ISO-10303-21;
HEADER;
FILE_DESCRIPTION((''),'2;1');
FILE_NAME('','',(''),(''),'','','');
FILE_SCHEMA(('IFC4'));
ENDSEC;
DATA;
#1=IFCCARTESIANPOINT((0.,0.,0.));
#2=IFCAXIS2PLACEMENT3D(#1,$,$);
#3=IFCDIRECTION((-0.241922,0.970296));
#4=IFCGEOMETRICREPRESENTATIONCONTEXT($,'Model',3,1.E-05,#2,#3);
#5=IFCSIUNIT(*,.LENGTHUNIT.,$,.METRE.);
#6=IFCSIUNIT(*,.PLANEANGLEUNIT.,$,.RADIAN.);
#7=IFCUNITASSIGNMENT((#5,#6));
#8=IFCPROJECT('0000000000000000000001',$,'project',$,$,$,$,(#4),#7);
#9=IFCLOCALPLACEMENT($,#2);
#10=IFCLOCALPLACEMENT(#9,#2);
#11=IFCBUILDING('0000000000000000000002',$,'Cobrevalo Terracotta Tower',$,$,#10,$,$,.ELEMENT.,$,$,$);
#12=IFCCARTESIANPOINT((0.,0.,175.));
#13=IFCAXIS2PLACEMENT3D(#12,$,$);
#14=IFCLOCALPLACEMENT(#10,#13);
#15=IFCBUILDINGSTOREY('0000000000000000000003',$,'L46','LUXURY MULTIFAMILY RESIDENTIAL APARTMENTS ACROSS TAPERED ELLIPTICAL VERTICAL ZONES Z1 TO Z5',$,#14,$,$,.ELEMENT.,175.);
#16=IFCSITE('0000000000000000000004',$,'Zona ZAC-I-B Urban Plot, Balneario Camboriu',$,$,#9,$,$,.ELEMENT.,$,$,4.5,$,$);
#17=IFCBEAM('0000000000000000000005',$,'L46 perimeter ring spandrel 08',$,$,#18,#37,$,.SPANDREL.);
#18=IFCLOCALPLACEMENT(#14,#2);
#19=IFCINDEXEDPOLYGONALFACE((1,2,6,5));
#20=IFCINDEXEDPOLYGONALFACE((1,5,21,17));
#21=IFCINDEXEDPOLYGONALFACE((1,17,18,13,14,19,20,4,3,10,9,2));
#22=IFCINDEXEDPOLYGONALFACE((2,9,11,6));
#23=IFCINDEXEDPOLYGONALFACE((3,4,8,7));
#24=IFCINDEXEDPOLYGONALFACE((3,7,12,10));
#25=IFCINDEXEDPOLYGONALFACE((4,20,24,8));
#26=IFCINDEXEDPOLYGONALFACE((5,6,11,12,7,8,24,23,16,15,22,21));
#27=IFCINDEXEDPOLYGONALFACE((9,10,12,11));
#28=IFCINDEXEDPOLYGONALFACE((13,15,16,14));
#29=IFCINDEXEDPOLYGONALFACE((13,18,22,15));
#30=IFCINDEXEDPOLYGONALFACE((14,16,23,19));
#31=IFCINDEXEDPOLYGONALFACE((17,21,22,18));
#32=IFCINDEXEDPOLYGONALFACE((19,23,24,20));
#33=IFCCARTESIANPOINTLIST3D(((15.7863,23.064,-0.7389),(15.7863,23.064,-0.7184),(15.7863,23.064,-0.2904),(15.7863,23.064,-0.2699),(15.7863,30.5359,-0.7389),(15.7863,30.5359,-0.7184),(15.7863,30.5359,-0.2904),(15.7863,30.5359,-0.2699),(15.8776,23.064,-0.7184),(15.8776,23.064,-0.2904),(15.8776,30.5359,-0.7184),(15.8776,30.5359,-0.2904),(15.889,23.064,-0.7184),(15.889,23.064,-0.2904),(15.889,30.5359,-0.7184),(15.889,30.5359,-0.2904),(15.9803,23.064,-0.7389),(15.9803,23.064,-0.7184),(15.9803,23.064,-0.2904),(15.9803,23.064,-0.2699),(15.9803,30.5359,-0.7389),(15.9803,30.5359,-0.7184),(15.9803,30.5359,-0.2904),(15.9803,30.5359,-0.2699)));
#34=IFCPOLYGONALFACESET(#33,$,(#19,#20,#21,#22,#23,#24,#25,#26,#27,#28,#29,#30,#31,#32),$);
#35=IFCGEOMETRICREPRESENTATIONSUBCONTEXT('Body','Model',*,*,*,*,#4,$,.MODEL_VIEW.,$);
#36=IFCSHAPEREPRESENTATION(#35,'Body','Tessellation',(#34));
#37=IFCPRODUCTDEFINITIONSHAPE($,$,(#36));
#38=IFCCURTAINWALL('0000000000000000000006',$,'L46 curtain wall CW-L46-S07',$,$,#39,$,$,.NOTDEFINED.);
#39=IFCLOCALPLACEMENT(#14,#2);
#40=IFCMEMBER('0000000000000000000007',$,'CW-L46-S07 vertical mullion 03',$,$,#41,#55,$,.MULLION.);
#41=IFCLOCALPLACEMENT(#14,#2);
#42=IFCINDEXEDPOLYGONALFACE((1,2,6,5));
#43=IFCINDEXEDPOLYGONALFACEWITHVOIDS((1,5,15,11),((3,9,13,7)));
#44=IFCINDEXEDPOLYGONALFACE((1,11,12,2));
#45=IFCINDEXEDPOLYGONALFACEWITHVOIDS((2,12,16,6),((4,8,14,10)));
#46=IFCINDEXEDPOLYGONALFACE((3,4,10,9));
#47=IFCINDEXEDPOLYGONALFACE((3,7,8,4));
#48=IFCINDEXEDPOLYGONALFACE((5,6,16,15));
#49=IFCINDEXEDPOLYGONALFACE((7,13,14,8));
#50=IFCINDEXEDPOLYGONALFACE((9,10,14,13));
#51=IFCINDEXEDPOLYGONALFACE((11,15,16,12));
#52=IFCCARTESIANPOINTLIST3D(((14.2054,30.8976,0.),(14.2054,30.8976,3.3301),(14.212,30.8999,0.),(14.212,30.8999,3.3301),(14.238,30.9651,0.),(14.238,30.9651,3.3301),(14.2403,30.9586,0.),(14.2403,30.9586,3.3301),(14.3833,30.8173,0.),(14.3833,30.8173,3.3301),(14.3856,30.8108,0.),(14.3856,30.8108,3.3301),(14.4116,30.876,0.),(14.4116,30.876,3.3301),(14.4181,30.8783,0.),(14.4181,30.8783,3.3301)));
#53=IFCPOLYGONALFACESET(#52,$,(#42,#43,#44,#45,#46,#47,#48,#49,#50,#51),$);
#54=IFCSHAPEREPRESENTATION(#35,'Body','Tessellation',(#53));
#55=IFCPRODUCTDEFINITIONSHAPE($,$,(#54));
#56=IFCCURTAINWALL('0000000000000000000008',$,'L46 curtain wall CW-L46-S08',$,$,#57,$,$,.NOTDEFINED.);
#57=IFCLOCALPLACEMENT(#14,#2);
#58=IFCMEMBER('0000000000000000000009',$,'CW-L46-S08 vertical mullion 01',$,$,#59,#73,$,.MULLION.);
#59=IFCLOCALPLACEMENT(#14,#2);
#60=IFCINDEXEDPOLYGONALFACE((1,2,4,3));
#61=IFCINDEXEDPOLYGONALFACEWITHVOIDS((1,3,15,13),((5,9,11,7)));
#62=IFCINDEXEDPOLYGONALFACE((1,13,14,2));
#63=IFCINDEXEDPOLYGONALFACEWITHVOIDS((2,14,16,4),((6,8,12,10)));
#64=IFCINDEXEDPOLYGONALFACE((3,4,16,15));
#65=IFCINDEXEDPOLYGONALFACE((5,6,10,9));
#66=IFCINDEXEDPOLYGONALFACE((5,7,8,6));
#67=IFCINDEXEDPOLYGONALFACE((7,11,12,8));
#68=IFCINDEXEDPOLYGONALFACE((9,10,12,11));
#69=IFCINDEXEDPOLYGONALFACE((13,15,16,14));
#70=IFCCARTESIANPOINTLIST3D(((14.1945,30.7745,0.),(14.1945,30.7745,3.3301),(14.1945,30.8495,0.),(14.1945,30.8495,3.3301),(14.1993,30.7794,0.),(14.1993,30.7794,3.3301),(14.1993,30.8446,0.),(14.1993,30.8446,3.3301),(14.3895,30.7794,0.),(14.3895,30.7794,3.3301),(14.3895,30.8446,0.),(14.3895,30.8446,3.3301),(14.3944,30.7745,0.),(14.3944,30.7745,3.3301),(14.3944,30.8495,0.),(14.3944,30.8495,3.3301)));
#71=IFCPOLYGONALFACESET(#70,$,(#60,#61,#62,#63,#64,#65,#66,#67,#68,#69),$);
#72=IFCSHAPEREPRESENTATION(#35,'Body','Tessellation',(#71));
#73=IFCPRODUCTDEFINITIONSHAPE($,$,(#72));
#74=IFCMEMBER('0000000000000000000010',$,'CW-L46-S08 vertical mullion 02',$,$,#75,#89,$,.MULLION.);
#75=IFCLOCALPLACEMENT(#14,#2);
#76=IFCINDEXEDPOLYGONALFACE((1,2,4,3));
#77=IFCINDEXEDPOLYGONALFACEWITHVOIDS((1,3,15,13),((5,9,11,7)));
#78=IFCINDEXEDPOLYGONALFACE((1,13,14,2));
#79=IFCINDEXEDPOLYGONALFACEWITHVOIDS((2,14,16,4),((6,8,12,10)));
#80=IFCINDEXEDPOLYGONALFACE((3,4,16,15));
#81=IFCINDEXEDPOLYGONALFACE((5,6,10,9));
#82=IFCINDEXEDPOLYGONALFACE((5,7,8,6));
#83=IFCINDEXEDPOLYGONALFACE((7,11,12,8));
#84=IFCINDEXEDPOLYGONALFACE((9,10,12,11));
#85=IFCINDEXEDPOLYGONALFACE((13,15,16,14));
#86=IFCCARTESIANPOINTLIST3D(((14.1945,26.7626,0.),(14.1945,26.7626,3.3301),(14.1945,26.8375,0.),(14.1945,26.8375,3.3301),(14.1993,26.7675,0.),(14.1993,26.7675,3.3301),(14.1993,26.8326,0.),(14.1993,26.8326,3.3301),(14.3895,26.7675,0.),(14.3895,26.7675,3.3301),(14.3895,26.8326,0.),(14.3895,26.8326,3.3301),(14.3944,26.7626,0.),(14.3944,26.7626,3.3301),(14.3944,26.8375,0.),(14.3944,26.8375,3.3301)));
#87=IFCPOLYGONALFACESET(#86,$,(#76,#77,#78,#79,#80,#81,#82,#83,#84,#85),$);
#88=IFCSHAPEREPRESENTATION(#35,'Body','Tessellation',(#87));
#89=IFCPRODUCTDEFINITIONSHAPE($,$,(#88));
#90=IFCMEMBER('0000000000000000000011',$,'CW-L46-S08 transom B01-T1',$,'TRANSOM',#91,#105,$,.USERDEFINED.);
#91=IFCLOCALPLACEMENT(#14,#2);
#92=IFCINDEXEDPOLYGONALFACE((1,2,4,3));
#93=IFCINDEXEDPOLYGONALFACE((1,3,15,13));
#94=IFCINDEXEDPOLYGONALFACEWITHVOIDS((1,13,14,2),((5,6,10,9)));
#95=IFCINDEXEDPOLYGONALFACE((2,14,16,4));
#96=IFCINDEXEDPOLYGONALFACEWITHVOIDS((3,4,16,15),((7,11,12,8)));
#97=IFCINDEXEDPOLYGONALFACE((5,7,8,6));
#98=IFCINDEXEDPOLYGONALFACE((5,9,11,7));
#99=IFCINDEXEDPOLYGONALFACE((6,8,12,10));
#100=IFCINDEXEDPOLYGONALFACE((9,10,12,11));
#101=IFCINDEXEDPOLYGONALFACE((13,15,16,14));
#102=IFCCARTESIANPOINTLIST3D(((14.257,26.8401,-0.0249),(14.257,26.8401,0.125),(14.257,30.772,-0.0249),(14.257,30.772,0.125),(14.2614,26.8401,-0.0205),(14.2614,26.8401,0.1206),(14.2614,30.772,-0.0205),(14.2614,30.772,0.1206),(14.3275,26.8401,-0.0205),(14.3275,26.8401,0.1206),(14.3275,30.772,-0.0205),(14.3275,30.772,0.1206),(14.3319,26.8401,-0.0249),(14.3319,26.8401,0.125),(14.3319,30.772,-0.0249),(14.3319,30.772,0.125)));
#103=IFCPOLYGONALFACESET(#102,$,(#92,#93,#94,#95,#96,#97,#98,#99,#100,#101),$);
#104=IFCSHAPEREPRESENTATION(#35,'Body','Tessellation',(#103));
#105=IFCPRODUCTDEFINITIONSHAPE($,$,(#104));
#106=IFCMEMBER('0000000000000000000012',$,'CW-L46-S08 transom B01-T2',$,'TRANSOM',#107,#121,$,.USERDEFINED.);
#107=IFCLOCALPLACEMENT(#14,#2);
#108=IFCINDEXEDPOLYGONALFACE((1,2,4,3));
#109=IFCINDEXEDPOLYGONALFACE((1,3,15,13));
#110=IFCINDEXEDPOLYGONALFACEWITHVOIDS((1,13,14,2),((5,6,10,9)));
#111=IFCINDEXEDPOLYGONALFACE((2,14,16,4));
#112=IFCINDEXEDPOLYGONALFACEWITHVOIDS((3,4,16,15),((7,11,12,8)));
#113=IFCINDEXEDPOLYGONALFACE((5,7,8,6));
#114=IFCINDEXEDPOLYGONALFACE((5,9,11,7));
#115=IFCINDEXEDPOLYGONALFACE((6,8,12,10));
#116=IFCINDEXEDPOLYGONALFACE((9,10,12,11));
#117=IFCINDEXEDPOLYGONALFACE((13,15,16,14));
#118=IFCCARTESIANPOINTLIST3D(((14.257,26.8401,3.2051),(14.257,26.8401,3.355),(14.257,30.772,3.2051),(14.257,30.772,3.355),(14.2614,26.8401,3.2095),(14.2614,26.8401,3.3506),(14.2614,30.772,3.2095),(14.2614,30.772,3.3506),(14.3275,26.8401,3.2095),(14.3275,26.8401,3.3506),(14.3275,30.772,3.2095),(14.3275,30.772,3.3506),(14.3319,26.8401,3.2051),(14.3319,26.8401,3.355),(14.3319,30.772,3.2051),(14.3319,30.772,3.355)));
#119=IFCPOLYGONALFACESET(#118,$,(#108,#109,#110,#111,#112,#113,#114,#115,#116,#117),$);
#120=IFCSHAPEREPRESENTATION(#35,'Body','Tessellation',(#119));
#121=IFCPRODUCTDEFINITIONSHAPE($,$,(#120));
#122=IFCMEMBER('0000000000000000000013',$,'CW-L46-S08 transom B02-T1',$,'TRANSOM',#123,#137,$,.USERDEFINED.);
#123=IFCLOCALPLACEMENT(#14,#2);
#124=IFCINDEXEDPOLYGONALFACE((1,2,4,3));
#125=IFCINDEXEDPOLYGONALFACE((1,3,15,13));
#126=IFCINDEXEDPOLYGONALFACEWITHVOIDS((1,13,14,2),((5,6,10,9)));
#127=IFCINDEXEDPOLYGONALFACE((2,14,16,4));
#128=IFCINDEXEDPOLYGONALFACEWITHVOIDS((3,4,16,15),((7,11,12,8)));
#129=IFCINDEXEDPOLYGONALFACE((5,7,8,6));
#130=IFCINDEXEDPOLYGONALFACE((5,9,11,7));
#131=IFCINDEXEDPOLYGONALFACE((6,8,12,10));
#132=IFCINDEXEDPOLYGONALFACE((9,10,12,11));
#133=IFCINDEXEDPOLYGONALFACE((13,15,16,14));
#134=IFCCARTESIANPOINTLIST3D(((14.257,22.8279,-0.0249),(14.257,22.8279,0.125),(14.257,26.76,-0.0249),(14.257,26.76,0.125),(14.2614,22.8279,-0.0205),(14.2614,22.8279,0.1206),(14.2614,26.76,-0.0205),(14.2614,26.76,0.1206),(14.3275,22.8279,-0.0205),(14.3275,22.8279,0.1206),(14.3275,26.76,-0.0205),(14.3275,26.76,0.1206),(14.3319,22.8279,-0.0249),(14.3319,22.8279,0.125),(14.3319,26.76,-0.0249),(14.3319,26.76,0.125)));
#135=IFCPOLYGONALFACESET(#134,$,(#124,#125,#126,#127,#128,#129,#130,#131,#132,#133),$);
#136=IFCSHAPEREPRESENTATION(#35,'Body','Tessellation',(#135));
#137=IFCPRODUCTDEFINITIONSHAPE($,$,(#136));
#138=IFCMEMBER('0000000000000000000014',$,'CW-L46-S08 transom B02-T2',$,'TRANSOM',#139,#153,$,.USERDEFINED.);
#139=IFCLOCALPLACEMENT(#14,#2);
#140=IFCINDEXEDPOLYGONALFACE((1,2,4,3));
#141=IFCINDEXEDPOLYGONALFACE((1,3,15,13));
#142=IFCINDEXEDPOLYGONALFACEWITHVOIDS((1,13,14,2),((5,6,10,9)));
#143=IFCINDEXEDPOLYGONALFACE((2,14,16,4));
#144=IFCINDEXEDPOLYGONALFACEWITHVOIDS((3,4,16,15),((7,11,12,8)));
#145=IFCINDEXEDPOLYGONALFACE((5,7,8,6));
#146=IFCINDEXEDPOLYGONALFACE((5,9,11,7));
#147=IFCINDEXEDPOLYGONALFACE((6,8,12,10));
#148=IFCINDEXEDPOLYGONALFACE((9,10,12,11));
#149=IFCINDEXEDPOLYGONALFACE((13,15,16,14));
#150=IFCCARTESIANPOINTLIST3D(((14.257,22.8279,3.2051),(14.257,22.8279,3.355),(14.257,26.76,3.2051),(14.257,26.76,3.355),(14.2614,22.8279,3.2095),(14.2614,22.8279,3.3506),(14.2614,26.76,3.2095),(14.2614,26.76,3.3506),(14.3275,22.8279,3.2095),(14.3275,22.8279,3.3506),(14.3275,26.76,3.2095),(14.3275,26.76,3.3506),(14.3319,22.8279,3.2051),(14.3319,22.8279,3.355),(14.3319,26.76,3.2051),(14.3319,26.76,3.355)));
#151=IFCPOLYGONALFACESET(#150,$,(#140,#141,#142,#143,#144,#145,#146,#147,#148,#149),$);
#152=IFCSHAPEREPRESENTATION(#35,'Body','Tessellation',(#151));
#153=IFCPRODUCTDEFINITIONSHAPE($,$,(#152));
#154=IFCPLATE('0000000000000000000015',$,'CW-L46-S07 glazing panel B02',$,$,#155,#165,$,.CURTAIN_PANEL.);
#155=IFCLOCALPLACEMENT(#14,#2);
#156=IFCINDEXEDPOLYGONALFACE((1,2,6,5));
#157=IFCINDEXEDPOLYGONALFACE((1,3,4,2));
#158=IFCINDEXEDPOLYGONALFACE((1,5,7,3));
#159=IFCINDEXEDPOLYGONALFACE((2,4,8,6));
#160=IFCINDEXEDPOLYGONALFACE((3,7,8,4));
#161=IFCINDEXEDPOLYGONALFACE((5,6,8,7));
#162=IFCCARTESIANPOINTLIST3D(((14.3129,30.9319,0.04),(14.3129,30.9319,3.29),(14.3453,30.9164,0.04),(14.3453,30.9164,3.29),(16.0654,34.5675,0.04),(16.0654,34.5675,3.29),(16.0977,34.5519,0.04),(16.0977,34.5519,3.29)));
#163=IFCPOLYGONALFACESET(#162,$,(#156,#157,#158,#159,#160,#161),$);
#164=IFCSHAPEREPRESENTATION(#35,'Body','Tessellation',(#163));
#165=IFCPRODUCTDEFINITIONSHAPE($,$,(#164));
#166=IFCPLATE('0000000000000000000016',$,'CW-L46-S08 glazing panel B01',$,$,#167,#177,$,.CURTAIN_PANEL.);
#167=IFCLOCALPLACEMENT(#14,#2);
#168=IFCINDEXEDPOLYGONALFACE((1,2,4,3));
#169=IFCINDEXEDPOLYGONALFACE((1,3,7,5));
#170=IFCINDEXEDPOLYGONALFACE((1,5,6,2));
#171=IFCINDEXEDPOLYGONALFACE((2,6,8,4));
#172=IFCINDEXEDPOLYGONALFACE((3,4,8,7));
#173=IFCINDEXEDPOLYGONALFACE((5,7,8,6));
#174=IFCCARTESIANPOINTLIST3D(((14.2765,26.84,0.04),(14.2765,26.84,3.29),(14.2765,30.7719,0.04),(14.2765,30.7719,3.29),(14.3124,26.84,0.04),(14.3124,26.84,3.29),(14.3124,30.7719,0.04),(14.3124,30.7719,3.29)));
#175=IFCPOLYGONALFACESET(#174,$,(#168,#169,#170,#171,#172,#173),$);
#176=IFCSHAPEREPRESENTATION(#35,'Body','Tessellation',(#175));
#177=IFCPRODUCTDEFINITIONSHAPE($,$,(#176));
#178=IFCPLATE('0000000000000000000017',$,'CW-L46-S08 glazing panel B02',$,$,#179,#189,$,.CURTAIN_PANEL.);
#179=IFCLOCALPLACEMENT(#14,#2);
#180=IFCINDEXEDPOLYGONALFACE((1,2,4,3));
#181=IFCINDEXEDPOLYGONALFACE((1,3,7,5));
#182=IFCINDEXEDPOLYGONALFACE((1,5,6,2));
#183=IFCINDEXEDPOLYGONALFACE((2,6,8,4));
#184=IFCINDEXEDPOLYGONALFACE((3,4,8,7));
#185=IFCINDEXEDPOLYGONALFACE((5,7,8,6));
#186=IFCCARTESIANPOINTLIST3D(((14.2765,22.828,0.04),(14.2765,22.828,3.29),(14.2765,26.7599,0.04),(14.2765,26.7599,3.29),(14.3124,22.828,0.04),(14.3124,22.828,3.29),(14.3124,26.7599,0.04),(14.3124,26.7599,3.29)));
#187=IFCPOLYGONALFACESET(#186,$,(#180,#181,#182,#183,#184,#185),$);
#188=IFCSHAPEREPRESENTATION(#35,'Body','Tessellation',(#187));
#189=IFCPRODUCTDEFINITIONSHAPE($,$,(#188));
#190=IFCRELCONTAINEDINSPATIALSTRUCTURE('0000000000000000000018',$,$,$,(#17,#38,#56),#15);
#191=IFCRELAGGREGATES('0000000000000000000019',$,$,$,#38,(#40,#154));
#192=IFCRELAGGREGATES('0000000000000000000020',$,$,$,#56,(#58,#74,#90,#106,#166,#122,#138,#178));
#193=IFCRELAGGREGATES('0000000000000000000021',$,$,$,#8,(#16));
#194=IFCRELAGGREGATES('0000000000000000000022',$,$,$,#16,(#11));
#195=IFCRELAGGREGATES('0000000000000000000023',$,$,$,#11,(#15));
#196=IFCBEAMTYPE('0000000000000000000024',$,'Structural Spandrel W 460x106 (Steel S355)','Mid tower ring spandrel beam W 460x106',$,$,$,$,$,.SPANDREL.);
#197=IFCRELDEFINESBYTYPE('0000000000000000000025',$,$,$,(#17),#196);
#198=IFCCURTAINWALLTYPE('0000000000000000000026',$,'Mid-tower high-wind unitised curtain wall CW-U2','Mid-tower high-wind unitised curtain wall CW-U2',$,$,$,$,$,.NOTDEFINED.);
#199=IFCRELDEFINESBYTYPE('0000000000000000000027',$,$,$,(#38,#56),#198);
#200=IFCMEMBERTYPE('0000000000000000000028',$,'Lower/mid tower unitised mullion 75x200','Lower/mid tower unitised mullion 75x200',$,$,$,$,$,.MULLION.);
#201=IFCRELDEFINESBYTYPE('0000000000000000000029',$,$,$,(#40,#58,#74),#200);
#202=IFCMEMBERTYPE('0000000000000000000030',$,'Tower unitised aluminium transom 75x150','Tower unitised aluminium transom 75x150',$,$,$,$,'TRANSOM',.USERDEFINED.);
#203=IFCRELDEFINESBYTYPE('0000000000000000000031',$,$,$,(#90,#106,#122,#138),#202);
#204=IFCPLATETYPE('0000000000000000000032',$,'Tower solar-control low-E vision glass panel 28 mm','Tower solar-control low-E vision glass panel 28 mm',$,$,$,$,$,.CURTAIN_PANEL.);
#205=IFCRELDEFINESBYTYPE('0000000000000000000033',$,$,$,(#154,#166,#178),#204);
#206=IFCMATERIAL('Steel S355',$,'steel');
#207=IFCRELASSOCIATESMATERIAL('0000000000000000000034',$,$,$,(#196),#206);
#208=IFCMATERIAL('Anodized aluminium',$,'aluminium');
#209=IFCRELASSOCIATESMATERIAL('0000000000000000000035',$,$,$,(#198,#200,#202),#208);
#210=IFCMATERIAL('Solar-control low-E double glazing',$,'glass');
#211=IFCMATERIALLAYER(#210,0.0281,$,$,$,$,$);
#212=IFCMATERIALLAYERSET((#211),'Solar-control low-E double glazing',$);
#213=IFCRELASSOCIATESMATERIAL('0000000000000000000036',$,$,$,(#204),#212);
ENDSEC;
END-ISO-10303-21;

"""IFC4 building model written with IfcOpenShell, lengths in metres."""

from ifc_helpers import new_model, si_unit, direction, frame, origin, origin_2d, place, context, subcontext, project, spatial, rectangle, hollow_rectangle, i_section, extrude, source, transform, mapped, material, layer, layer_set, material_profile, profile_set, type_object, element, aggregate, save


model = new_model("IFC4")

# Units and contexts
model_context = context("Model", 3, precision=1e-05, world=origin(), true_north=direction((-0.241922, 0.970296)))
body_context = subcontext(model_context, "Body", "Model", "MODEL_VIEW")
ifc_project = project(units=[si_unit("LENGTHUNIT", "METRE"), si_unit("PLANEANGLEUNIT", "RADIAN")], contexts=[model_context])

# Site, building, storey
site_placement = place(None, origin())
site = spatial("IfcSite", under=ifc_project, at=site_placement, Name="Zona ZAC-I-B Urban Plot, Balneario Camboriu", CompositionType="ELEMENT", RefElevation=4.5)
building_placement = place(site_placement, origin())
building = spatial("IfcBuilding", under=site, at=building_placement, Name="Cobrevalo Terracotta Tower", CompositionType="ELEMENT")
storey_placement = place(building_placement, frame((0.0, 0.0, 175.0)))
storey = spatial("IfcBuildingStorey", under=building, at=storey_placement, Name="L46", Description="LUXURY MULTIFAMILY RESIDENTIAL APARTMENTS ACROSS TAPERED ELLIPTICAL VERTICAL ZONES Z1 TO Z5", CompositionType="ELEMENT", Elevation=175.0)

# Shared definitions
ifc_material_1 = material(Name="Steel S355", Category="steel")

# Beam
ifc_material_profile_1 = material_profile(ifc_material_1, i_section(OverallWidth=0.1941, OverallDepth=0.469, WebThickness=0.0115, FlangeThickness=0.0205, at=origin_2d()), Name="W 460x106")
ifc_profile_set_1 = profile_set([ifc_material_profile_1], Name="Steel S355")
beam_type_1 = type_object("IfcBeamType", Name="Structural Spandrel W 460x106 (Steel S355)", Description="Mid tower ring spandrel beam W 460x106", PredefinedType="SPANDREL", material=ifc_profile_set_1)
beam_1_placement = place(storey_placement, frame((15.8833, 30.5359, -0.5044), z_axis=(0.0, -1.0, 0.0), x_axis=(1.0, 0.0, 0.0)))
element("IfcBeam", 1, at=beam_1_placement, inside=storey, type_object=beam_type_1, Name="L46 perimeter ring spandrel 08", PredefinedType="SPANDREL", context=body_context, shape_type="SweptSolid", body=[
    extrude(i_section(OverallWidth=0.1941, OverallDepth=0.469, WebThickness=0.0115, FlangeThickness=0.0205, at=origin_2d()), origin(), (0.0, 0.0, 1.0), 7.4719),
])

# Curtain wall, member
ifc_material_2 = material(Name="Anodized aluminium", Category="aluminium")
curtain_wall_type = type_object("IfcCurtainWallType", Name="Mid-tower high-wind unitised curtain wall CW-U2", Description="Mid-tower high-wind unitised curtain wall CW-U2", PredefinedType="NOTDEFINED", material=ifc_material_2)
curtain_wall_1_placement = place(storey_placement, origin())
curtain_wall_1 = element("IfcCurtainWall", 2, at=curtain_wall_1_placement, inside=storey, type_object=curtain_wall_type, Name="L46 curtain wall CW-L46-S07", PredefinedType="NOTDEFINED")
ifc_material_profile_2 = material_profile(ifc_material_2, hollow_rectangle(XDim=0.075, YDim=0.2, WallThickness=0.0049, at=origin_2d()), Name="CWM 75x200")
ifc_profile_set_2 = profile_set([ifc_material_profile_2], Name="Anodized aluminium")
member_type_1 = type_object("IfcMemberType", Name="Lower/mid tower unitised mullion 75x200", Description="Lower/mid tower unitised mullion 75x200", PredefinedType="MULLION", material=ifc_profile_set_2)
shared_shape_1 = source(origin(), body_context, "Body", "SweptSolid", [
    extrude(hollow_rectangle(XDim=0.075, YDim=0.2, WallThickness=0.0049, at=origin_2d()), origin(), (0.0, 0.0, 1.0), 3.3301),
])
member_1_placement = place(storey_placement, frame((14.3118, 30.8879, 0.0), z_axis=(0.0, 0.0, 1.0), x_axis=(-0.434209, -0.900812, 0.0)))
member_1 = element("IfcMember", 3, at=member_1_placement, type_object=member_type_1, Name="CW-L46-S07 vertical mullion 03", PredefinedType="MULLION", context=body_context, shape_type="MappedRepresentation", body=[
    mapped(shared_shape_1, transform((0.0, 0.0, 0.0), scale=1.0)),
])

# Curtain wall, members
curtain_wall_2_placement = place(storey_placement, origin())
curtain_wall_2 = element("IfcCurtainWall", 4, at=curtain_wall_2_placement, inside=storey, type_object=curtain_wall_type, Name="L46 curtain wall CW-L46-S08", PredefinedType="NOTDEFINED")
member_2_placement = place(storey_placement, frame((14.2944, 30.812, 0.0), z_axis=(0.0, 0.0, 1.0), x_axis=(0.0, -1.0, 0.0)))
member_2 = element("IfcMember", 5, at=member_2_placement, type_object=member_type_1, Name="CW-L46-S08 vertical mullion 01", PredefinedType="MULLION", context=body_context, shape_type="MappedRepresentation", body=[
    mapped(shared_shape_1, transform((0.0, 0.0, 0.0), scale=1.0)),
])
member_3_placement = place(storey_placement, frame((14.2944, 26.8, 0.0), z_axis=(0.0, 0.0, 1.0), x_axis=(0.0, -1.0, 0.0)))
member_3 = element("IfcMember", 6, at=member_3_placement, type_object=member_type_1, Name="CW-L46-S08 vertical mullion 02", PredefinedType="MULLION", context=body_context, shape_type="MappedRepresentation", body=[
    mapped(shared_shape_1, transform((0.0, 0.0, 0.0), scale=1.0)),
])
ifc_material_profile_3 = material_profile(ifc_material_2, hollow_rectangle(XDim=0.075, YDim=0.1499, WallThickness=0.0044, at=origin_2d()), Name="CWT 75x150")
ifc_profile_set_3 = profile_set([ifc_material_profile_3], Name="Anodized aluminium")
member_type_2 = type_object("IfcMemberType", Name="Tower unitised aluminium transom 75x150", Description="Tower unitised aluminium transom 75x150", ElementType="TRANSOM", PredefinedType="USERDEFINED", material=ifc_profile_set_3)
shared_shape_2 = source(origin(), body_context, "Body", "SweptSolid", [
    extrude(hollow_rectangle(XDim=0.075, YDim=0.1499, WallThickness=0.0044, at=origin_2d()), origin(), (0.0, 0.0, 1.0), 3.9319),
])
member_4_placement = place(storey_placement, frame((14.2944, 30.772, 0.05), z_axis=(0.0, -1.0, 0.0), x_axis=(1.0, 0.0, 0.0)))
member_4 = element("IfcMember", 7, at=member_4_placement, type_object=member_type_2, Name="CW-L46-S08 transom B01-T1", ObjectType="TRANSOM", PredefinedType="USERDEFINED", context=body_context, shape_type="MappedRepresentation", body=[
    mapped(shared_shape_2, transform((0.0, 0.0, 0.0), scale=1.0)),
])
member_5_placement = place(storey_placement, frame((14.2944, 30.772, 3.28), z_axis=(0.0, -1.0, 0.0), x_axis=(1.0, 0.0, 0.0)))
member_5 = element("IfcMember", 8, at=member_5_placement, type_object=member_type_2, Name="CW-L46-S08 transom B01-T2", ObjectType="TRANSOM", PredefinedType="USERDEFINED", context=body_context, shape_type="MappedRepresentation", body=[
    mapped(shared_shape_2, transform((0.0, 0.0, 0.0), scale=1.0)),
])
shared_shape_3 = source(origin(), body_context, "Body", "SweptSolid", [
    extrude(hollow_rectangle(XDim=0.075, YDim=0.1499, WallThickness=0.0044, at=origin_2d()), origin(), (0.0, 0.0, 1.0), 3.9321),
])
member_6_placement = place(storey_placement, frame((14.2944, 26.76, 0.05), z_axis=(0.0, -1.0, 0.0), x_axis=(1.0, 0.0, 0.0)))
member_6 = element("IfcMember", 9, at=member_6_placement, type_object=member_type_2, Name="CW-L46-S08 transom B02-T1", ObjectType="TRANSOM", PredefinedType="USERDEFINED", context=body_context, shape_type="MappedRepresentation", body=[
    mapped(shared_shape_3, transform((0.0, 0.0, 0.0), scale=1.0)),
])
member_7_placement = place(storey_placement, frame((14.2944, 26.76, 3.28), z_axis=(0.0, -1.0, 0.0), x_axis=(1.0, 0.0, 0.0)))
member_7 = element("IfcMember", 10, at=member_7_placement, type_object=member_type_2, Name="CW-L46-S08 transom B02-T2", ObjectType="TRANSOM", PredefinedType="USERDEFINED", context=body_context, shape_type="MappedRepresentation", body=[
    mapped(shared_shape_3, transform((0.0, 0.0, 0.0), scale=1.0)),
])

# Plates
ifc_material_3 = material(Name="Solar-control low-E double glazing", Category="glass")
ifc_layer_1 = layer(ifc_material_3, 0.0281)
ifc_layer_set_1 = layer_set([ifc_layer_1], Name="Solar-control low-E double glazing")
plate_type = type_object("IfcPlateType", Name="Tower solar-control low-E vision glass panel 28 mm", Description="Tower solar-control low-E vision glass panel 28 mm", PredefinedType="CURTAIN_PANEL", material=ifc_layer_set_1)
shared_shape_4 = source(origin(), body_context, "Body", "SweptSolid", [
    extrude(rectangle(XDim=4.0359, YDim=0.0359, at=origin_2d()), origin(), (0.0, 0.0, 1.0), 3.25),
])
plate_1_placement = place(storey_placement, frame((15.2053, 32.7419, 0.04), z_axis=(0.0, 0.0, 1.0), x_axis=(-0.434209, -0.900812, 0.0)))
plate_1 = element("IfcPlate", 11, at=plate_1_placement, type_object=plate_type, Name="CW-L46-S07 glazing panel B02", PredefinedType="CURTAIN_PANEL", context=body_context, shape_type="MappedRepresentation", body=[
    mapped(shared_shape_4, transform((0.0, 0.0, 0.0), scale=1.0)),
])
aggregate(curtain_wall_1, [member_1, plate_1])
shared_shape_5 = source(origin(), body_context, "Body", "SweptSolid", [
    extrude(rectangle(XDim=3.9319, YDim=0.0359, at=origin_2d()), origin(), (0.0, 0.0, 1.0), 3.25),
])
plate_2_placement = place(storey_placement, frame((14.2944, 28.8059, 0.04), z_axis=(0.0, 0.0, 1.0), x_axis=(0.0, -1.0, 0.0)))
plate_2 = element("IfcPlate", 12, at=plate_2_placement, type_object=plate_type, Name="CW-L46-S08 glazing panel B01", PredefinedType="CURTAIN_PANEL", context=body_context, shape_type="MappedRepresentation", body=[
    mapped(shared_shape_5, transform((0.0, 0.0, 0.0), scale=1.0)),
])
plate_3_placement = place(storey_placement, frame((14.2944, 24.7939, 0.04), z_axis=(0.0, 0.0, 1.0), x_axis=(0.0, -1.0, 0.0)))
plate_3 = element("IfcPlate", 13, at=plate_3_placement, type_object=plate_type, Name="CW-L46-S08 glazing panel B02", PredefinedType="CURTAIN_PANEL", context=body_context, shape_type="MappedRepresentation", body=[
    mapped(shared_shape_5, transform((0.0, 0.0, 0.0), scale=1.0)),
])
aggregate(curtain_wall_2, [member_2, member_3, member_4, member_5, plate_2, member_6, member_7, plate_3])

save(model, "model.ifc")
